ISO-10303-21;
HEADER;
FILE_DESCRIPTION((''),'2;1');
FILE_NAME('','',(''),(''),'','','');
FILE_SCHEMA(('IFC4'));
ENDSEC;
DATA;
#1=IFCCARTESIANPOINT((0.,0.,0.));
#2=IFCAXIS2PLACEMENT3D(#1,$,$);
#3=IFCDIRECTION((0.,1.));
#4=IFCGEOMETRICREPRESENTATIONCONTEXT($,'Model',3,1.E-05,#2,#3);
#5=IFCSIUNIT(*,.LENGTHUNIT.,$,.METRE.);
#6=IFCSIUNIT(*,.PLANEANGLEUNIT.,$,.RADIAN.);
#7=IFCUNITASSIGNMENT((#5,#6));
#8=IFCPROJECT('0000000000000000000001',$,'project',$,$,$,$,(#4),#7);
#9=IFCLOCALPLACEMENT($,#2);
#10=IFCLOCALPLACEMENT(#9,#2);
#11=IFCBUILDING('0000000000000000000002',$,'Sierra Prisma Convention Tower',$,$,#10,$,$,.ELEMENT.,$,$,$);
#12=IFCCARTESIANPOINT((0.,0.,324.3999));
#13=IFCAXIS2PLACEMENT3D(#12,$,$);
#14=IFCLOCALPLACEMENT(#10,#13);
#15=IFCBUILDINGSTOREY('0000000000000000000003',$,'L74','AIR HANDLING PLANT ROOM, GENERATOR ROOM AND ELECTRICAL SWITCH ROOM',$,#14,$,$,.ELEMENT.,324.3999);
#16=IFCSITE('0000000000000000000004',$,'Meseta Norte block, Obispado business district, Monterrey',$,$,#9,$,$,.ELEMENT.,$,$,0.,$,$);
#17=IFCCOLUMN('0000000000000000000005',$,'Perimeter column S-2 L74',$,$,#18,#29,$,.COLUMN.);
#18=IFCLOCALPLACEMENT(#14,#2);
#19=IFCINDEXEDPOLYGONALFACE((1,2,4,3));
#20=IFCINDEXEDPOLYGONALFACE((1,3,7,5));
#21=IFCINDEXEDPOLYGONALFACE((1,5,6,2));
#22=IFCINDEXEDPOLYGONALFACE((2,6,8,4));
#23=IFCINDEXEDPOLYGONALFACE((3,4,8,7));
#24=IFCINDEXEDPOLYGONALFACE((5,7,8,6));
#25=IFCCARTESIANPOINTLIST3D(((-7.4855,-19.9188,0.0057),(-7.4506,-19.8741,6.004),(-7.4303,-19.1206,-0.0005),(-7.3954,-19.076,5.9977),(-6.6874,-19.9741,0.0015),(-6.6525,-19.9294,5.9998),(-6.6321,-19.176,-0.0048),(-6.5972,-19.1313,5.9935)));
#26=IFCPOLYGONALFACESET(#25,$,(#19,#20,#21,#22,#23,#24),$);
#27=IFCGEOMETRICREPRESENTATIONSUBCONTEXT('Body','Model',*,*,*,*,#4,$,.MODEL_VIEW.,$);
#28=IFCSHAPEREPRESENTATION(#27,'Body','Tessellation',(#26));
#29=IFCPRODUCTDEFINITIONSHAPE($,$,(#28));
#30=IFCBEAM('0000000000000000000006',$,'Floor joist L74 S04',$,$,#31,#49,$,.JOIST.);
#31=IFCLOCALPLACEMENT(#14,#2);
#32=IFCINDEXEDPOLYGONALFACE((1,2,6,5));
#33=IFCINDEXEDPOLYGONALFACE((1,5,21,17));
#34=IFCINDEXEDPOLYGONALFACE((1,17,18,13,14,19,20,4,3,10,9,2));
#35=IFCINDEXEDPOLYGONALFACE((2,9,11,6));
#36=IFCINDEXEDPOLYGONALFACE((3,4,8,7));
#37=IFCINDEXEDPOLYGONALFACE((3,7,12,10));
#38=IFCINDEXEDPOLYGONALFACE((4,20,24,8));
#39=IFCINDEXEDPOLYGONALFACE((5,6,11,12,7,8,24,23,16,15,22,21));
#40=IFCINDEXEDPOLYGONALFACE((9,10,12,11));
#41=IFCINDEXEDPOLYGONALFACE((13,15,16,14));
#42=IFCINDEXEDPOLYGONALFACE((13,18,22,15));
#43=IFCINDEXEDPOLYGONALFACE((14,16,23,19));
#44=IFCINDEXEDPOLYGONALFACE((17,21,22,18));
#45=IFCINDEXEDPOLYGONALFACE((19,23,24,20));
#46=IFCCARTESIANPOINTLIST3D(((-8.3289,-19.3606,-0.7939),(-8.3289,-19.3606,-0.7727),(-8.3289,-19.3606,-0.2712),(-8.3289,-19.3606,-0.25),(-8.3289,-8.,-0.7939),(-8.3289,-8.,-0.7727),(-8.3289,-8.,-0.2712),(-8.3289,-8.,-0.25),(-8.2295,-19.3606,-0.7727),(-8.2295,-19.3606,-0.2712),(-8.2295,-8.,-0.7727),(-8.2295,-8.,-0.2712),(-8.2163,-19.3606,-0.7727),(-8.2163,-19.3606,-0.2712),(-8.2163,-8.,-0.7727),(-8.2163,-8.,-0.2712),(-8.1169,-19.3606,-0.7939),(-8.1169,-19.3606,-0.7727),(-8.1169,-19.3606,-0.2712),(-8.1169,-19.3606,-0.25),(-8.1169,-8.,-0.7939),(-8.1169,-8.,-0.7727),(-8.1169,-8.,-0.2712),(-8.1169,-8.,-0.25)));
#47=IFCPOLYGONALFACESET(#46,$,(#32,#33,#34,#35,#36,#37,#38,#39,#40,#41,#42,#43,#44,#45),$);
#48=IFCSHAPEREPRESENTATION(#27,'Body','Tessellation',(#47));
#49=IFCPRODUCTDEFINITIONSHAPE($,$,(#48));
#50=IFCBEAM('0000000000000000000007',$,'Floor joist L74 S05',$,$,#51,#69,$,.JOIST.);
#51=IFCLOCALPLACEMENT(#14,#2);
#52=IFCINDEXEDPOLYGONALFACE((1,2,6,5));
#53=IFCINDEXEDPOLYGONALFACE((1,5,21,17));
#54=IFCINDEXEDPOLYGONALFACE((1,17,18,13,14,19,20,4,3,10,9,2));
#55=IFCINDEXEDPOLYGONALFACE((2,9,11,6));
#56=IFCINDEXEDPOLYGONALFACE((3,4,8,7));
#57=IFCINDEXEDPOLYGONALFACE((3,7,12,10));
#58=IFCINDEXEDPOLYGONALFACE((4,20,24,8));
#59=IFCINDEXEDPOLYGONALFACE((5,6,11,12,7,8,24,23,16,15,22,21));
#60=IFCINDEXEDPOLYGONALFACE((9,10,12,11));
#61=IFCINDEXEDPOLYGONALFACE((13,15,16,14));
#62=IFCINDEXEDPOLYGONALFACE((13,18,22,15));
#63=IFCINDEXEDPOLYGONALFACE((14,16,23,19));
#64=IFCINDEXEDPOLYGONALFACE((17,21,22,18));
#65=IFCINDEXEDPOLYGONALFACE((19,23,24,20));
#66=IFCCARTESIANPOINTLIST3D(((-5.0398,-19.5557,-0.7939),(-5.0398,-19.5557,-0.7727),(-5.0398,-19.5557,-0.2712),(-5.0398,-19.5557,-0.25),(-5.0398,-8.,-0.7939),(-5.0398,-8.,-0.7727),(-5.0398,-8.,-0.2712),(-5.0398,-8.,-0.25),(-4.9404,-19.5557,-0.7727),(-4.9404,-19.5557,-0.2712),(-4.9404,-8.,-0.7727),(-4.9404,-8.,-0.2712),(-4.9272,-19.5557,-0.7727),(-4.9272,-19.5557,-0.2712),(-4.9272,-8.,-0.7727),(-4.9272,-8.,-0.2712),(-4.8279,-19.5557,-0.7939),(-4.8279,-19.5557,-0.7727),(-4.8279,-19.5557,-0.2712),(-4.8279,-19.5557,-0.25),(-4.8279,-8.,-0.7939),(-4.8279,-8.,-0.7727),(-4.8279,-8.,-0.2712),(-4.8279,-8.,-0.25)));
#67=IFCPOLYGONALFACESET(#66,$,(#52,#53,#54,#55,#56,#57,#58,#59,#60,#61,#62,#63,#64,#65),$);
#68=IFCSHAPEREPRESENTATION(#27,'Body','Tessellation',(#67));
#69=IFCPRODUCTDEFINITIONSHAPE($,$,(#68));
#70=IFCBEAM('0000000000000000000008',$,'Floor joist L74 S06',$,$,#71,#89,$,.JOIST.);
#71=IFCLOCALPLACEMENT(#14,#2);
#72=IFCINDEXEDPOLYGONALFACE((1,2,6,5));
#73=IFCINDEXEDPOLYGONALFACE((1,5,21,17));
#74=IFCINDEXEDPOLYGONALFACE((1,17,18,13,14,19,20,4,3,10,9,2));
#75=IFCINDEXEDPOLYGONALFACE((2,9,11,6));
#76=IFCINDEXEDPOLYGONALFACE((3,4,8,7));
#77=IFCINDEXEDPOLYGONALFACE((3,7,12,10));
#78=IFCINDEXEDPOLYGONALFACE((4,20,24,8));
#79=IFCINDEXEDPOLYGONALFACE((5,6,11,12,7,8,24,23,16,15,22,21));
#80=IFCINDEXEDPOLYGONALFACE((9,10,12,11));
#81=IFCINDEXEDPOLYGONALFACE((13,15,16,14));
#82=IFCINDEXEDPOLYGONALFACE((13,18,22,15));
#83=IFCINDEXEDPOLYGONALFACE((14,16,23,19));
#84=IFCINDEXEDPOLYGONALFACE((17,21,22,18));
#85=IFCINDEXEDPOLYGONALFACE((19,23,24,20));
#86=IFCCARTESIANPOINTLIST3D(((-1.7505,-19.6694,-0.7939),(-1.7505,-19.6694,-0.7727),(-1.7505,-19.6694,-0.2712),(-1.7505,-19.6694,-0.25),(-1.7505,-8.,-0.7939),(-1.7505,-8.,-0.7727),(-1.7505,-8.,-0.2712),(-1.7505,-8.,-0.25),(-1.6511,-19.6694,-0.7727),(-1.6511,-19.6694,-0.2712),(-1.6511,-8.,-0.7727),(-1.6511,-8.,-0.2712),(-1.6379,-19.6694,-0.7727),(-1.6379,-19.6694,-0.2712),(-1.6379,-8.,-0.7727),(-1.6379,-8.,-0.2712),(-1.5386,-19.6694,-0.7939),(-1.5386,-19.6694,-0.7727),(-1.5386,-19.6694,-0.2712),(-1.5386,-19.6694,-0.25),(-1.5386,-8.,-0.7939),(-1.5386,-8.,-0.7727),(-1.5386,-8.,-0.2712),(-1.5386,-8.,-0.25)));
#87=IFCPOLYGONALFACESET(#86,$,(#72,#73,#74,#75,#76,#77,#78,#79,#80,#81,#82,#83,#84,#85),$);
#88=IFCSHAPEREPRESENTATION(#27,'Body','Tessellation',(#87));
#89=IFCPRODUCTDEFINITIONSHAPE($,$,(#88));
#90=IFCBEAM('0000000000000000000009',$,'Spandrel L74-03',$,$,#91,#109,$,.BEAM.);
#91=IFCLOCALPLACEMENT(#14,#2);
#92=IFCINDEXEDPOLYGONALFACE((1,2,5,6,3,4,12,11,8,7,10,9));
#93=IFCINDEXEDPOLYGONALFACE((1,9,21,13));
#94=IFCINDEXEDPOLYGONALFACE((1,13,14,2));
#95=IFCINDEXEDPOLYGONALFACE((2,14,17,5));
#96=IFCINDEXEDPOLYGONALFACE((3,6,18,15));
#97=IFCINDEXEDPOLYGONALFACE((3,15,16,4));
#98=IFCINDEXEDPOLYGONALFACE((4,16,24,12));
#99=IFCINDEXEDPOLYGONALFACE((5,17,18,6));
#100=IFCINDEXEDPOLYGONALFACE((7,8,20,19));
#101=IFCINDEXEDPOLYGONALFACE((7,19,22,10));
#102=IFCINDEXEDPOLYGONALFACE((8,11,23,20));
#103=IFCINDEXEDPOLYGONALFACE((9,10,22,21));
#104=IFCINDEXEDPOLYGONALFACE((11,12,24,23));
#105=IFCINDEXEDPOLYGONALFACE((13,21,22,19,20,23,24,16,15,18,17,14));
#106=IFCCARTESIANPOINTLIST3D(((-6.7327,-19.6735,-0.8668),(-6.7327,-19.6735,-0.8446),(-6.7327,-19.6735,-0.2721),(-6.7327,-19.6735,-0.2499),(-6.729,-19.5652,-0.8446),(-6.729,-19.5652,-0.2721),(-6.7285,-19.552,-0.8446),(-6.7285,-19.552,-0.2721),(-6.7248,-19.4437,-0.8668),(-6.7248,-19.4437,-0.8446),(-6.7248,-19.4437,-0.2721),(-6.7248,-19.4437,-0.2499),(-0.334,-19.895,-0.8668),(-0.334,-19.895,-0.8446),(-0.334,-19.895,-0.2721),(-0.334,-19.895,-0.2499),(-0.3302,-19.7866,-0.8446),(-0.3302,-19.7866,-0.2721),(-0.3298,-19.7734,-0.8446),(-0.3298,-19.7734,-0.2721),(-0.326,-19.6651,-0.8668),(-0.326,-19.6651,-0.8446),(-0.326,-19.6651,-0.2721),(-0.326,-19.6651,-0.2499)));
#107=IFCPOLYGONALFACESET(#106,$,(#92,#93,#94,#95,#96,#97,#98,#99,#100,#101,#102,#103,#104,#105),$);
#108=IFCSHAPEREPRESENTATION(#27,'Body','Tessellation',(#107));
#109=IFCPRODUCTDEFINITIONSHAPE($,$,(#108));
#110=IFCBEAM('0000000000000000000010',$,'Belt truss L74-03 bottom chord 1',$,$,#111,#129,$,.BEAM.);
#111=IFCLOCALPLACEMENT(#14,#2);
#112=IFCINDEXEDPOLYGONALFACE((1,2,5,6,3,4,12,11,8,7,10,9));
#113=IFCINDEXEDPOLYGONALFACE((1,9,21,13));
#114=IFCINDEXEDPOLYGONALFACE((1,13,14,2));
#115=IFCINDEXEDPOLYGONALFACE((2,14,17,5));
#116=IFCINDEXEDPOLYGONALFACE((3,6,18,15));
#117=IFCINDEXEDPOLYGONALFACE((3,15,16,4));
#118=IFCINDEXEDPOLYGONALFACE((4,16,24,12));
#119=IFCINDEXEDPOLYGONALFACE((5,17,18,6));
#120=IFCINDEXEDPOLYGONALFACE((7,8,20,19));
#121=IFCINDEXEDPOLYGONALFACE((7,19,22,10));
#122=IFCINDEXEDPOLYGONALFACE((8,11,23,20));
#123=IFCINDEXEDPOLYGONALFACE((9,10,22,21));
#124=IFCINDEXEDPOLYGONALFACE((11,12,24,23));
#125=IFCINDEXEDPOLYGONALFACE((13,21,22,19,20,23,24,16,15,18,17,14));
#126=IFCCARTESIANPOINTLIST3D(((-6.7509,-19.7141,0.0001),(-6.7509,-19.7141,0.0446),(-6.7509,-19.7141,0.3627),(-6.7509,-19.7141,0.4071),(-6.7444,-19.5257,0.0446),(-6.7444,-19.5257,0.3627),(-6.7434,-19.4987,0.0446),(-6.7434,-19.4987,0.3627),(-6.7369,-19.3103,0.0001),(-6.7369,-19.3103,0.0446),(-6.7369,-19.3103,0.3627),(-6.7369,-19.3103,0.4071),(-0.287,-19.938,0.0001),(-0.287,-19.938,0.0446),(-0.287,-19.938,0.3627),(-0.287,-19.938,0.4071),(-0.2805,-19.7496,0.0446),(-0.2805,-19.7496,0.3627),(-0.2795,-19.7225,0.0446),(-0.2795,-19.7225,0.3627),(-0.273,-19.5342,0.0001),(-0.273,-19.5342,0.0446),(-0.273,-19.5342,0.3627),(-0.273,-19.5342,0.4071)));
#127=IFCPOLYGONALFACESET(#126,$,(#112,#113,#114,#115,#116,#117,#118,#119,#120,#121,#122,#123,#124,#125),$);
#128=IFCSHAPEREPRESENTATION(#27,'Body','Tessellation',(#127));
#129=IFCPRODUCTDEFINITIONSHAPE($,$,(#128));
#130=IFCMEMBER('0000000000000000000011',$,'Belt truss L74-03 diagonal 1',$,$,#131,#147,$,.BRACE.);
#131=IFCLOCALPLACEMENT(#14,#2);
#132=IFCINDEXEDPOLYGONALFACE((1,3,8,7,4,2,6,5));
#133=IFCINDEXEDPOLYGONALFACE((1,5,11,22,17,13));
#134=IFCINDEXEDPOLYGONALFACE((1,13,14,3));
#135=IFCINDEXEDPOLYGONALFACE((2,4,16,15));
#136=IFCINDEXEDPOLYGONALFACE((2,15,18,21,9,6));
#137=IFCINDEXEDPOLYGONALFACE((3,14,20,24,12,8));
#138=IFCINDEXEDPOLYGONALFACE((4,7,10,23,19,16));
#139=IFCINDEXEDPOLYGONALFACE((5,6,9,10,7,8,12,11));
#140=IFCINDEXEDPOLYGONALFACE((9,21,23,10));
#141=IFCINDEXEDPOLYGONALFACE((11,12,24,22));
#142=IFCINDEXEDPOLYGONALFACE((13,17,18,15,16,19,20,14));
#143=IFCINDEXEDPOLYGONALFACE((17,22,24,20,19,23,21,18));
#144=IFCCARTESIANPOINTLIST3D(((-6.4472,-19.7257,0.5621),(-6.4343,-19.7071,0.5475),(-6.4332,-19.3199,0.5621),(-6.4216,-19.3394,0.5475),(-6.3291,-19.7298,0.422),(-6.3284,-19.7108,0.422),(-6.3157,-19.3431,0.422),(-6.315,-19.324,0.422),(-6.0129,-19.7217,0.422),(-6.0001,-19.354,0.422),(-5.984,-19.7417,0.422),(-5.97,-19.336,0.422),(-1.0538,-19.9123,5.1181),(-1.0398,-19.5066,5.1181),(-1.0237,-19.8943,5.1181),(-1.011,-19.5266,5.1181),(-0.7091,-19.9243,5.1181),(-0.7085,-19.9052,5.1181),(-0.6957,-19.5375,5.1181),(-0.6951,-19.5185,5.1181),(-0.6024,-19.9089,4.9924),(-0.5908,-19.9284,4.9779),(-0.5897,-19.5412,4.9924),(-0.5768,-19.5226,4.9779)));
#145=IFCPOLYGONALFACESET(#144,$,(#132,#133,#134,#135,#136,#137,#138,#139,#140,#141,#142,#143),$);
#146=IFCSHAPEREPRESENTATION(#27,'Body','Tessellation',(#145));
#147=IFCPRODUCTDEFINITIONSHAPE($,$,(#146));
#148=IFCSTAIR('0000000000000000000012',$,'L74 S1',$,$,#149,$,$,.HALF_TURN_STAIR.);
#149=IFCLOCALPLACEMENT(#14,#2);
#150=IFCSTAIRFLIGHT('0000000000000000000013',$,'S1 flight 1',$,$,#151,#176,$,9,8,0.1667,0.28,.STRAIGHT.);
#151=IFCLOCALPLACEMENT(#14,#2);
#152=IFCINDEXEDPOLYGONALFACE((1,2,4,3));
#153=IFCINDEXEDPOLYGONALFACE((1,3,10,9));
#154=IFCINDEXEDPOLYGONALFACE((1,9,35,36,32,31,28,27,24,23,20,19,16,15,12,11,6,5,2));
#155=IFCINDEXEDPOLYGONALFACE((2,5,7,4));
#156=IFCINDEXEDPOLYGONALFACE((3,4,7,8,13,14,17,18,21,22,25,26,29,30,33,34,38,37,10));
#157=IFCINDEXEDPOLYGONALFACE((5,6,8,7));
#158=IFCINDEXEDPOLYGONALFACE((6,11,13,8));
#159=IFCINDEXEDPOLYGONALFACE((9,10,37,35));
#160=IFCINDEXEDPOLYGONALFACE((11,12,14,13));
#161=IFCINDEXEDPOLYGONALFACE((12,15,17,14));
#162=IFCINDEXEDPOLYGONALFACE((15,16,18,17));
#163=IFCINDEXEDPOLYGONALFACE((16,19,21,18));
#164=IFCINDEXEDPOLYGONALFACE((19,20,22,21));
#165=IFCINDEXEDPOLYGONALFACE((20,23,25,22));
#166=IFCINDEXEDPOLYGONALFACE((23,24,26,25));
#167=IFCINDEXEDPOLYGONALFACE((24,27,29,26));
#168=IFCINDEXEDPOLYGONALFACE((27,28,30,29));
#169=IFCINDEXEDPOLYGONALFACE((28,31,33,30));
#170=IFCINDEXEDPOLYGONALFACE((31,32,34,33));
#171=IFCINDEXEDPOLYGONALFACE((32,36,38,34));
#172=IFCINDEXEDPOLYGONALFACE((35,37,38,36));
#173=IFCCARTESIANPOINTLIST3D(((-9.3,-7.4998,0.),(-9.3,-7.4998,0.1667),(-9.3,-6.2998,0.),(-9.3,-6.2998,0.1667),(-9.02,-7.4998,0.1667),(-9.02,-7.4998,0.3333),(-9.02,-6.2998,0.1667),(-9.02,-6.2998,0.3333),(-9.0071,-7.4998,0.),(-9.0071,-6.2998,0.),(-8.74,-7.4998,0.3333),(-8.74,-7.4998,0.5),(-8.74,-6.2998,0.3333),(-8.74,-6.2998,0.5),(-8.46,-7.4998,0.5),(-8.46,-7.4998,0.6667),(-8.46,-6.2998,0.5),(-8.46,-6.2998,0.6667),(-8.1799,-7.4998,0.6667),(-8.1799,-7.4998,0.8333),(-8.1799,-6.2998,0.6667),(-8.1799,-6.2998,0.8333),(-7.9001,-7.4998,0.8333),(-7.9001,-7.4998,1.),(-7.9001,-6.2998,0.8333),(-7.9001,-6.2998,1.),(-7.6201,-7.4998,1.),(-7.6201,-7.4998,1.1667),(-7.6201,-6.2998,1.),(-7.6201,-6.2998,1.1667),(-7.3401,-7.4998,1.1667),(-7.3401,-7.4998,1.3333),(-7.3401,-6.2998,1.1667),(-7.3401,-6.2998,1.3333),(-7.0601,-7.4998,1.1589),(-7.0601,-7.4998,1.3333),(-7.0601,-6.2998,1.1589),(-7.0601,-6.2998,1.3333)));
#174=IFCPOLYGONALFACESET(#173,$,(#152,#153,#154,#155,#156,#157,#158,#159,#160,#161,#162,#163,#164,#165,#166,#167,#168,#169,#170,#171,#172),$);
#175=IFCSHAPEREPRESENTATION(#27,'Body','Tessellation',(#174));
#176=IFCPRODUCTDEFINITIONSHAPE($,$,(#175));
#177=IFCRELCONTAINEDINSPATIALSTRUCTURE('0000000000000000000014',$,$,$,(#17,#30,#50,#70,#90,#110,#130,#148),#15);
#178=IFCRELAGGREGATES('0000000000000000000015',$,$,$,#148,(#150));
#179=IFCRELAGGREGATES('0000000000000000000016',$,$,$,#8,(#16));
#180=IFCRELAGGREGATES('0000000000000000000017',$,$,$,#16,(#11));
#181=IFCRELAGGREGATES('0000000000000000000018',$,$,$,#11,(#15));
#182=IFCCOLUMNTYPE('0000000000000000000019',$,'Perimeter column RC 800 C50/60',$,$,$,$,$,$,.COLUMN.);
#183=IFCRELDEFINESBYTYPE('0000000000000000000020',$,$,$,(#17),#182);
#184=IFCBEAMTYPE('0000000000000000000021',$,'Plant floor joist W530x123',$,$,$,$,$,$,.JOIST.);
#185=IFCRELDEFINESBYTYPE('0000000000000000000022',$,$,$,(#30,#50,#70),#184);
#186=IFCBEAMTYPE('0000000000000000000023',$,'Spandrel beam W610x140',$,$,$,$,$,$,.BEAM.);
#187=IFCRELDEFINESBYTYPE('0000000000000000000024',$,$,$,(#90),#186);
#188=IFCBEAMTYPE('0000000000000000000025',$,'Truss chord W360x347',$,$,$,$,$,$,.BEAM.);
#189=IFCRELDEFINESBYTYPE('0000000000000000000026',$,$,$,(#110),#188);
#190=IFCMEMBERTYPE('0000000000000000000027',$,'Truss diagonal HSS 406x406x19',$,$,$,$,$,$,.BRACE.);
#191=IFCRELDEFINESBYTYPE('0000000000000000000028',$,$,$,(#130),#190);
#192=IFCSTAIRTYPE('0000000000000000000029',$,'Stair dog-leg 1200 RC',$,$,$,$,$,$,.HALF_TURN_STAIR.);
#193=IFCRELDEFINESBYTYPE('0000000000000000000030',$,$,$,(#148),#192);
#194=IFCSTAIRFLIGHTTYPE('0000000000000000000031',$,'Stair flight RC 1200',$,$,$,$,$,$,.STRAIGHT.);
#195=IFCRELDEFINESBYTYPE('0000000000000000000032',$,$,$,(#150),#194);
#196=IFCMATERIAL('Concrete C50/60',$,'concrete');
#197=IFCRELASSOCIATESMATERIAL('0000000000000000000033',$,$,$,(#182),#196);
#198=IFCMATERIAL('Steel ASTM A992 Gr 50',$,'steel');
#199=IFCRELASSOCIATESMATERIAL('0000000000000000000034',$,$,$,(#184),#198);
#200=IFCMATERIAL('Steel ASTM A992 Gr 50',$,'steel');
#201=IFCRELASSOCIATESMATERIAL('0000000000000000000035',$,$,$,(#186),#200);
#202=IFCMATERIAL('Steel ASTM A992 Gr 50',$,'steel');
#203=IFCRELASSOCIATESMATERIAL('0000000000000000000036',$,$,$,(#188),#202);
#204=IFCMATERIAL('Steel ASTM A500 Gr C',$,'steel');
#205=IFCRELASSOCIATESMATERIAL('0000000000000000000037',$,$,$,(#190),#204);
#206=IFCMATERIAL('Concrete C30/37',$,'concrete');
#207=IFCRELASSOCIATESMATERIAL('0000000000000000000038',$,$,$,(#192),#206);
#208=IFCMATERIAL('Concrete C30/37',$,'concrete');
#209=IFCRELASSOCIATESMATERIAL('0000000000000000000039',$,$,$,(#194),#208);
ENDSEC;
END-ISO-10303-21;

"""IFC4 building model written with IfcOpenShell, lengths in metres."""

from ifc_helpers import new_model, si_unit, direction, frame, origin, origin_2d, place, context, subcontext, project, spatial, polyline, rectangle, hollow_rectangle, i_section, outline, extrude, clip, halfspace, material, material_profile, profile_set, type_object, element, aggregate, save


model = new_model("IFC4")

# Units and contexts
model_context = context("Model", 3, precision=1e-05, world=origin(), true_north=direction((0.0, 1.0)))
body_context = subcontext(model_context, "Body", "Model", "MODEL_VIEW")
ifc_project = project(units=[si_unit("LENGTHUNIT", "METRE"), si_unit("PLANEANGLEUNIT", "RADIAN")], contexts=[model_context])

# Site, building, storey
site_placement = place(None, origin())
site = spatial("IfcSite", under=ifc_project, at=site_placement, Name="Meseta Norte block, Obispado business district, Monterrey", CompositionType="ELEMENT", RefElevation=0.0)
building_placement = place(site_placement, origin())
building = spatial("IfcBuilding", under=site, at=building_placement, Name="Sierra Prisma Convention Tower", CompositionType="ELEMENT")
storey_placement = place(building_placement, frame((0.0, 0.0, 324.3999)))
storey = spatial("IfcBuildingStorey", under=building, at=storey_placement, Name="L74", Description="AIR HANDLING PLANT ROOM, GENERATOR ROOM AND ELECTRICAL SWITCH ROOM", CompositionType="ELEMENT", Elevation=324.3999)

# Column
ifc_material_1 = material(Name="Concrete C50/60", Category="concrete")
ifc_material_profile_1 = material_profile(ifc_material_1, rectangle(XDim=0.8, YDim=0.8, at=origin_2d()), Name="Perimeter column RC 800 C50/60")
ifc_profile_set_1 = profile_set([ifc_material_profile_1], Name="Concrete C50/60")
column_type = type_object("IfcColumnType", Name="Perimeter column RC 800 C50/60", PredefinedType="COLUMN", material=ifc_profile_set_1)
column_placement = place(storey_placement, frame((-7.0588, -19.5474, 0.0), z_axis=(0.005818, 0.007446, 0.999955), x_axis=(-0.997593, 0.06914, 0.00529)))
element("IfcColumn", 1, at=column_placement, inside=storey, type_object=column_type, Name="Perimeter column S-2 L74", PredefinedType="COLUMN", context=body_context, shape_type="SweptSolid", body=[
    clip(clip(extrude(rectangle(XDim=0.8, YDim=0.8, at=origin_2d()), origin(), (0.0, 0.0, 1.0), 6.0002), halfspace(frame((0.0, 0.0, 0.0005)), True)), halfspace(frame((0.0, 0.0, 5.999)), False)),
])

# Beams
ifc_material_2 = material(Name="Steel ASTM A992 Gr 50", Category="steel")
ifc_material_profile_2 = material_profile(ifc_material_2, i_section(OverallWidth=0.2119, OverallDepth=0.5439, WebThickness=0.0132, FlangeThickness=0.0212, at=origin_2d()), Name="W530x123")
ifc_profile_set_2 = profile_set([ifc_material_profile_2], Name="Steel ASTM A992 Gr 50")
beam_type_1 = type_object("IfcBeamType", Name="Plant floor joist W530x123", PredefinedType="JOIST", material=ifc_profile_set_2)
beam_1_placement = place(storey_placement, frame((-8.2229, -19.3606, -0.522), z_axis=(0.0, 1.0, 0.0), x_axis=(-1.0, 0.0, 0.0)))
element("IfcBeam", 2, at=beam_1_placement, inside=storey, type_object=beam_type_1, Name="Floor joist L74 S04", PredefinedType="JOIST", context=body_context, shape_type="SweptSolid", body=[
    extrude(i_section(OverallWidth=0.2119, OverallDepth=0.5439, WebThickness=0.0132, FlangeThickness=0.0212, at=origin_2d()), origin(), (0.0, 0.0, 1.0), 11.3606),
])
beam_2_placement = place(storey_placement, frame((-4.9338, -19.5557, -0.522), z_axis=(0.0, 1.0, 0.0), x_axis=(-1.0, 0.0, 0.0)))
element("IfcBeam", 3, at=beam_2_placement, inside=storey, type_object=beam_type_1, Name="Floor joist L74 S05", PredefinedType="JOIST", context=body_context, shape_type="SweptSolid", body=[
    extrude(i_section(OverallWidth=0.2119, OverallDepth=0.5439, WebThickness=0.0132, FlangeThickness=0.0212, at=origin_2d()), origin(), (0.0, 0.0, 1.0), 11.5557),
])
beam_3_placement = place(storey_placement, frame((-1.6445, -19.6694, -0.522), z_axis=(0.0, 1.0, 0.0), x_axis=(-1.0, 0.0, 0.0)))
element("IfcBeam", 4, at=beam_3_placement, inside=storey, type_object=beam_type_1, Name="Floor joist L74 S06", PredefinedType="JOIST", context=body_context, shape_type="SweptSolid", body=[
    extrude(i_section(OverallWidth=0.2119, OverallDepth=0.5439, WebThickness=0.0132, FlangeThickness=0.0212, at=origin_2d()), origin(), (0.0, 0.0, 1.0), 11.6694),
])
ifc_material_3 = material(Name="Steel ASTM A992 Gr 50", Category="steel")
ifc_material_profile_3 = material_profile(ifc_material_3, i_section(OverallWidth=0.23, OverallDepth=0.6169, WebThickness=0.0132, FlangeThickness=0.0222, at=origin_2d()), Name="W610x140")
ifc_profile_set_3 = profile_set([ifc_material_profile_3], Name="Steel ASTM A992 Gr 50")
beam_type_2 = type_object("IfcBeamType", Name="Spandrel beam W610x140", PredefinedType="BEAM", material=ifc_profile_set_3)
beam_4_placement = place(storey_placement, frame((-6.7288, -19.5586, -0.5583), z_axis=(0.999402, -0.034586, 0.0), x_axis=(0.034586, 0.999402, 0.0)))
element("IfcBeam", 5, at=beam_4_placement, inside=storey, type_object=beam_type_2, Name="Spandrel L74-03", PredefinedType="BEAM", context=body_context, shape_type="SweptSolid", body=[
    extrude(i_section(OverallWidth=0.23, OverallDepth=0.6169, WebThickness=0.0132, FlangeThickness=0.0222, at=origin_2d()), origin(), (0.0, 0.0, 1.0), 6.4026),
])
ifc_material_4 = material(Name="Steel ASTM A992 Gr 50", Category="steel")
ifc_material_profile_4 = material_profile(ifc_material_4, i_section(OverallWidth=0.4041, OverallDepth=0.407, WebThickness=0.0271, FlangeThickness=0.0444, at=origin_2d()), Name="W360x347")
ifc_profile_set_4 = profile_set([ifc_material_profile_4], Name="Steel ASTM A992 Gr 50")
beam_type_3 = type_object("IfcBeamType", Name="Truss chord W360x347", PredefinedType="BEAM", material=ifc_profile_set_4)
beam_5_placement = place(storey_placement, frame((-6.7439, -19.5122, 0.2036), z_axis=(0.999401, -0.034614, 0.0), x_axis=(0.034614, 0.999401, 0.0)))
element("IfcBeam", 6, at=beam_5_placement, inside=storey, type_object=beam_type_3, Name="Belt truss L74-03 bottom chord 1", PredefinedType="BEAM", context=body_context, shape_type="SweptSolid", body=[
    extrude(i_section(OverallWidth=0.4041, OverallDepth=0.407, WebThickness=0.0271, FlangeThickness=0.0444, at=origin_2d()), origin(), (0.0, 0.0, 1.0), 6.4678),
])

# Member
ifc_material_5 = material(Name="Steel ASTM A500 Gr C", Category="steel")
ifc_material_profile_5 = material_profile(ifc_material_5, hollow_rectangle(XDim=0.406, YDim=0.406, WallThickness=0.019, at=origin_2d()), Name="Truss diagonal HSS 406x406x19")
ifc_profile_set_5 = profile_set([ifc_material_profile_5], Name="Steel ASTM A500 Gr C")
member_type = type_object("IfcMemberType", Name="Truss diagonal HSS 406x406x19", PredefinedType="BRACE", material=ifc_profile_set_5)
member_placement = place(storey_placement, frame((-6.3093, -19.5273, 0.407), z_axis=(0.763653, -0.026426, 0.645086), x_axis=(0.034584, 0.999402, 0.0)))
element("IfcMember", 7, at=member_placement, inside=storey, type_object=member_type, Name="Belt truss L74-03 diagonal 1", PredefinedType="BRACE", context=body_context, shape_type="SweptSolid", body=[
    clip(clip(extrude(hollow_rectangle(XDim=0.406, YDim=0.406, WallThickness=0.019, at=origin_2d()), origin(), (0.0, 0.0, 1.0), 7.3262), halfspace(frame((0.0, 0.0115, 0.0098), z_axis=(0.0, 0.76411, 0.645086), x_axis=(1.0, 0.0, 0.0)), True)), halfspace(frame((0.0, -0.0115, 7.3167), z_axis=(0.0, -0.76411, -0.645086), x_axis=(1.0, 0.0, 0.0)), True)),
])

# Stair, stair flight
ifc_material_6 = material(Name="Concrete C30/37", Category="concrete")
stair_type = type_object("IfcStairType", Name="Stair dog-leg 1200 RC", PredefinedType="HALF_TURN_STAIR", material=ifc_material_6)
stair_placement = place(storey_placement, origin())
stair = element("IfcStair", 8, at=stair_placement, inside=storey, type_object=stair_type, Name="L74 S1", PredefinedType="HALF_TURN_STAIR")
ifc_material_7 = material(Name="Concrete C30/37", Category="concrete")
stair_flight_type = type_object("IfcStairFlightType", Name="Stair flight RC 1200", PredefinedType="STRAIGHT", material=ifc_material_7)
stair_flight_1_placement = place(storey_placement, frame((-9.3, -6.8999, 0.0), z_axis=(0.0, 0.0, 1.0), x_axis=(1.0, 0.0, 0.0)))
stair_flight_1 = element("IfcStairFlight", 9, at=stair_flight_1_placement, type_object=stair_flight_type, Name="S1 flight 1", NumberOfRisers=9, NumberOfTreads=8, PredefinedType="STRAIGHT", RiserHeight=0.1667, TreadLength=0.28, context=body_context, shape_type="SweptSolid", body=[
    extrude(outline(polyline([(0.0, 0.0), (0.0, 0.1667), (0.28, 0.1667), (0.28, 0.3333), (0.5601, 0.3333), (0.5601, 0.5), (0.8401, 0.5), (0.8401, 0.6667), (1.1201, 0.6667), (1.1201, 0.8333), (1.3999, 0.8333), (1.3999, 1.0), (1.6799, 1.0), (1.6799, 1.1667), (1.96, 1.1667), (1.96, 1.3333), (2.24, 1.3333), (2.24, 1.5), (2.24, 1.1589), (0.293, 0.0), (0.0, 0.0)])), frame((0.0, 0.6001, 0.0), z_axis=(0.0, -1.0, 0.0), x_axis=(1.0, 0.0, 0.0)), (0.0, 0.0, 1.0), 1.2),
])
aggregate(stair, [stair_flight_1])

save(model, "model.ifc")
